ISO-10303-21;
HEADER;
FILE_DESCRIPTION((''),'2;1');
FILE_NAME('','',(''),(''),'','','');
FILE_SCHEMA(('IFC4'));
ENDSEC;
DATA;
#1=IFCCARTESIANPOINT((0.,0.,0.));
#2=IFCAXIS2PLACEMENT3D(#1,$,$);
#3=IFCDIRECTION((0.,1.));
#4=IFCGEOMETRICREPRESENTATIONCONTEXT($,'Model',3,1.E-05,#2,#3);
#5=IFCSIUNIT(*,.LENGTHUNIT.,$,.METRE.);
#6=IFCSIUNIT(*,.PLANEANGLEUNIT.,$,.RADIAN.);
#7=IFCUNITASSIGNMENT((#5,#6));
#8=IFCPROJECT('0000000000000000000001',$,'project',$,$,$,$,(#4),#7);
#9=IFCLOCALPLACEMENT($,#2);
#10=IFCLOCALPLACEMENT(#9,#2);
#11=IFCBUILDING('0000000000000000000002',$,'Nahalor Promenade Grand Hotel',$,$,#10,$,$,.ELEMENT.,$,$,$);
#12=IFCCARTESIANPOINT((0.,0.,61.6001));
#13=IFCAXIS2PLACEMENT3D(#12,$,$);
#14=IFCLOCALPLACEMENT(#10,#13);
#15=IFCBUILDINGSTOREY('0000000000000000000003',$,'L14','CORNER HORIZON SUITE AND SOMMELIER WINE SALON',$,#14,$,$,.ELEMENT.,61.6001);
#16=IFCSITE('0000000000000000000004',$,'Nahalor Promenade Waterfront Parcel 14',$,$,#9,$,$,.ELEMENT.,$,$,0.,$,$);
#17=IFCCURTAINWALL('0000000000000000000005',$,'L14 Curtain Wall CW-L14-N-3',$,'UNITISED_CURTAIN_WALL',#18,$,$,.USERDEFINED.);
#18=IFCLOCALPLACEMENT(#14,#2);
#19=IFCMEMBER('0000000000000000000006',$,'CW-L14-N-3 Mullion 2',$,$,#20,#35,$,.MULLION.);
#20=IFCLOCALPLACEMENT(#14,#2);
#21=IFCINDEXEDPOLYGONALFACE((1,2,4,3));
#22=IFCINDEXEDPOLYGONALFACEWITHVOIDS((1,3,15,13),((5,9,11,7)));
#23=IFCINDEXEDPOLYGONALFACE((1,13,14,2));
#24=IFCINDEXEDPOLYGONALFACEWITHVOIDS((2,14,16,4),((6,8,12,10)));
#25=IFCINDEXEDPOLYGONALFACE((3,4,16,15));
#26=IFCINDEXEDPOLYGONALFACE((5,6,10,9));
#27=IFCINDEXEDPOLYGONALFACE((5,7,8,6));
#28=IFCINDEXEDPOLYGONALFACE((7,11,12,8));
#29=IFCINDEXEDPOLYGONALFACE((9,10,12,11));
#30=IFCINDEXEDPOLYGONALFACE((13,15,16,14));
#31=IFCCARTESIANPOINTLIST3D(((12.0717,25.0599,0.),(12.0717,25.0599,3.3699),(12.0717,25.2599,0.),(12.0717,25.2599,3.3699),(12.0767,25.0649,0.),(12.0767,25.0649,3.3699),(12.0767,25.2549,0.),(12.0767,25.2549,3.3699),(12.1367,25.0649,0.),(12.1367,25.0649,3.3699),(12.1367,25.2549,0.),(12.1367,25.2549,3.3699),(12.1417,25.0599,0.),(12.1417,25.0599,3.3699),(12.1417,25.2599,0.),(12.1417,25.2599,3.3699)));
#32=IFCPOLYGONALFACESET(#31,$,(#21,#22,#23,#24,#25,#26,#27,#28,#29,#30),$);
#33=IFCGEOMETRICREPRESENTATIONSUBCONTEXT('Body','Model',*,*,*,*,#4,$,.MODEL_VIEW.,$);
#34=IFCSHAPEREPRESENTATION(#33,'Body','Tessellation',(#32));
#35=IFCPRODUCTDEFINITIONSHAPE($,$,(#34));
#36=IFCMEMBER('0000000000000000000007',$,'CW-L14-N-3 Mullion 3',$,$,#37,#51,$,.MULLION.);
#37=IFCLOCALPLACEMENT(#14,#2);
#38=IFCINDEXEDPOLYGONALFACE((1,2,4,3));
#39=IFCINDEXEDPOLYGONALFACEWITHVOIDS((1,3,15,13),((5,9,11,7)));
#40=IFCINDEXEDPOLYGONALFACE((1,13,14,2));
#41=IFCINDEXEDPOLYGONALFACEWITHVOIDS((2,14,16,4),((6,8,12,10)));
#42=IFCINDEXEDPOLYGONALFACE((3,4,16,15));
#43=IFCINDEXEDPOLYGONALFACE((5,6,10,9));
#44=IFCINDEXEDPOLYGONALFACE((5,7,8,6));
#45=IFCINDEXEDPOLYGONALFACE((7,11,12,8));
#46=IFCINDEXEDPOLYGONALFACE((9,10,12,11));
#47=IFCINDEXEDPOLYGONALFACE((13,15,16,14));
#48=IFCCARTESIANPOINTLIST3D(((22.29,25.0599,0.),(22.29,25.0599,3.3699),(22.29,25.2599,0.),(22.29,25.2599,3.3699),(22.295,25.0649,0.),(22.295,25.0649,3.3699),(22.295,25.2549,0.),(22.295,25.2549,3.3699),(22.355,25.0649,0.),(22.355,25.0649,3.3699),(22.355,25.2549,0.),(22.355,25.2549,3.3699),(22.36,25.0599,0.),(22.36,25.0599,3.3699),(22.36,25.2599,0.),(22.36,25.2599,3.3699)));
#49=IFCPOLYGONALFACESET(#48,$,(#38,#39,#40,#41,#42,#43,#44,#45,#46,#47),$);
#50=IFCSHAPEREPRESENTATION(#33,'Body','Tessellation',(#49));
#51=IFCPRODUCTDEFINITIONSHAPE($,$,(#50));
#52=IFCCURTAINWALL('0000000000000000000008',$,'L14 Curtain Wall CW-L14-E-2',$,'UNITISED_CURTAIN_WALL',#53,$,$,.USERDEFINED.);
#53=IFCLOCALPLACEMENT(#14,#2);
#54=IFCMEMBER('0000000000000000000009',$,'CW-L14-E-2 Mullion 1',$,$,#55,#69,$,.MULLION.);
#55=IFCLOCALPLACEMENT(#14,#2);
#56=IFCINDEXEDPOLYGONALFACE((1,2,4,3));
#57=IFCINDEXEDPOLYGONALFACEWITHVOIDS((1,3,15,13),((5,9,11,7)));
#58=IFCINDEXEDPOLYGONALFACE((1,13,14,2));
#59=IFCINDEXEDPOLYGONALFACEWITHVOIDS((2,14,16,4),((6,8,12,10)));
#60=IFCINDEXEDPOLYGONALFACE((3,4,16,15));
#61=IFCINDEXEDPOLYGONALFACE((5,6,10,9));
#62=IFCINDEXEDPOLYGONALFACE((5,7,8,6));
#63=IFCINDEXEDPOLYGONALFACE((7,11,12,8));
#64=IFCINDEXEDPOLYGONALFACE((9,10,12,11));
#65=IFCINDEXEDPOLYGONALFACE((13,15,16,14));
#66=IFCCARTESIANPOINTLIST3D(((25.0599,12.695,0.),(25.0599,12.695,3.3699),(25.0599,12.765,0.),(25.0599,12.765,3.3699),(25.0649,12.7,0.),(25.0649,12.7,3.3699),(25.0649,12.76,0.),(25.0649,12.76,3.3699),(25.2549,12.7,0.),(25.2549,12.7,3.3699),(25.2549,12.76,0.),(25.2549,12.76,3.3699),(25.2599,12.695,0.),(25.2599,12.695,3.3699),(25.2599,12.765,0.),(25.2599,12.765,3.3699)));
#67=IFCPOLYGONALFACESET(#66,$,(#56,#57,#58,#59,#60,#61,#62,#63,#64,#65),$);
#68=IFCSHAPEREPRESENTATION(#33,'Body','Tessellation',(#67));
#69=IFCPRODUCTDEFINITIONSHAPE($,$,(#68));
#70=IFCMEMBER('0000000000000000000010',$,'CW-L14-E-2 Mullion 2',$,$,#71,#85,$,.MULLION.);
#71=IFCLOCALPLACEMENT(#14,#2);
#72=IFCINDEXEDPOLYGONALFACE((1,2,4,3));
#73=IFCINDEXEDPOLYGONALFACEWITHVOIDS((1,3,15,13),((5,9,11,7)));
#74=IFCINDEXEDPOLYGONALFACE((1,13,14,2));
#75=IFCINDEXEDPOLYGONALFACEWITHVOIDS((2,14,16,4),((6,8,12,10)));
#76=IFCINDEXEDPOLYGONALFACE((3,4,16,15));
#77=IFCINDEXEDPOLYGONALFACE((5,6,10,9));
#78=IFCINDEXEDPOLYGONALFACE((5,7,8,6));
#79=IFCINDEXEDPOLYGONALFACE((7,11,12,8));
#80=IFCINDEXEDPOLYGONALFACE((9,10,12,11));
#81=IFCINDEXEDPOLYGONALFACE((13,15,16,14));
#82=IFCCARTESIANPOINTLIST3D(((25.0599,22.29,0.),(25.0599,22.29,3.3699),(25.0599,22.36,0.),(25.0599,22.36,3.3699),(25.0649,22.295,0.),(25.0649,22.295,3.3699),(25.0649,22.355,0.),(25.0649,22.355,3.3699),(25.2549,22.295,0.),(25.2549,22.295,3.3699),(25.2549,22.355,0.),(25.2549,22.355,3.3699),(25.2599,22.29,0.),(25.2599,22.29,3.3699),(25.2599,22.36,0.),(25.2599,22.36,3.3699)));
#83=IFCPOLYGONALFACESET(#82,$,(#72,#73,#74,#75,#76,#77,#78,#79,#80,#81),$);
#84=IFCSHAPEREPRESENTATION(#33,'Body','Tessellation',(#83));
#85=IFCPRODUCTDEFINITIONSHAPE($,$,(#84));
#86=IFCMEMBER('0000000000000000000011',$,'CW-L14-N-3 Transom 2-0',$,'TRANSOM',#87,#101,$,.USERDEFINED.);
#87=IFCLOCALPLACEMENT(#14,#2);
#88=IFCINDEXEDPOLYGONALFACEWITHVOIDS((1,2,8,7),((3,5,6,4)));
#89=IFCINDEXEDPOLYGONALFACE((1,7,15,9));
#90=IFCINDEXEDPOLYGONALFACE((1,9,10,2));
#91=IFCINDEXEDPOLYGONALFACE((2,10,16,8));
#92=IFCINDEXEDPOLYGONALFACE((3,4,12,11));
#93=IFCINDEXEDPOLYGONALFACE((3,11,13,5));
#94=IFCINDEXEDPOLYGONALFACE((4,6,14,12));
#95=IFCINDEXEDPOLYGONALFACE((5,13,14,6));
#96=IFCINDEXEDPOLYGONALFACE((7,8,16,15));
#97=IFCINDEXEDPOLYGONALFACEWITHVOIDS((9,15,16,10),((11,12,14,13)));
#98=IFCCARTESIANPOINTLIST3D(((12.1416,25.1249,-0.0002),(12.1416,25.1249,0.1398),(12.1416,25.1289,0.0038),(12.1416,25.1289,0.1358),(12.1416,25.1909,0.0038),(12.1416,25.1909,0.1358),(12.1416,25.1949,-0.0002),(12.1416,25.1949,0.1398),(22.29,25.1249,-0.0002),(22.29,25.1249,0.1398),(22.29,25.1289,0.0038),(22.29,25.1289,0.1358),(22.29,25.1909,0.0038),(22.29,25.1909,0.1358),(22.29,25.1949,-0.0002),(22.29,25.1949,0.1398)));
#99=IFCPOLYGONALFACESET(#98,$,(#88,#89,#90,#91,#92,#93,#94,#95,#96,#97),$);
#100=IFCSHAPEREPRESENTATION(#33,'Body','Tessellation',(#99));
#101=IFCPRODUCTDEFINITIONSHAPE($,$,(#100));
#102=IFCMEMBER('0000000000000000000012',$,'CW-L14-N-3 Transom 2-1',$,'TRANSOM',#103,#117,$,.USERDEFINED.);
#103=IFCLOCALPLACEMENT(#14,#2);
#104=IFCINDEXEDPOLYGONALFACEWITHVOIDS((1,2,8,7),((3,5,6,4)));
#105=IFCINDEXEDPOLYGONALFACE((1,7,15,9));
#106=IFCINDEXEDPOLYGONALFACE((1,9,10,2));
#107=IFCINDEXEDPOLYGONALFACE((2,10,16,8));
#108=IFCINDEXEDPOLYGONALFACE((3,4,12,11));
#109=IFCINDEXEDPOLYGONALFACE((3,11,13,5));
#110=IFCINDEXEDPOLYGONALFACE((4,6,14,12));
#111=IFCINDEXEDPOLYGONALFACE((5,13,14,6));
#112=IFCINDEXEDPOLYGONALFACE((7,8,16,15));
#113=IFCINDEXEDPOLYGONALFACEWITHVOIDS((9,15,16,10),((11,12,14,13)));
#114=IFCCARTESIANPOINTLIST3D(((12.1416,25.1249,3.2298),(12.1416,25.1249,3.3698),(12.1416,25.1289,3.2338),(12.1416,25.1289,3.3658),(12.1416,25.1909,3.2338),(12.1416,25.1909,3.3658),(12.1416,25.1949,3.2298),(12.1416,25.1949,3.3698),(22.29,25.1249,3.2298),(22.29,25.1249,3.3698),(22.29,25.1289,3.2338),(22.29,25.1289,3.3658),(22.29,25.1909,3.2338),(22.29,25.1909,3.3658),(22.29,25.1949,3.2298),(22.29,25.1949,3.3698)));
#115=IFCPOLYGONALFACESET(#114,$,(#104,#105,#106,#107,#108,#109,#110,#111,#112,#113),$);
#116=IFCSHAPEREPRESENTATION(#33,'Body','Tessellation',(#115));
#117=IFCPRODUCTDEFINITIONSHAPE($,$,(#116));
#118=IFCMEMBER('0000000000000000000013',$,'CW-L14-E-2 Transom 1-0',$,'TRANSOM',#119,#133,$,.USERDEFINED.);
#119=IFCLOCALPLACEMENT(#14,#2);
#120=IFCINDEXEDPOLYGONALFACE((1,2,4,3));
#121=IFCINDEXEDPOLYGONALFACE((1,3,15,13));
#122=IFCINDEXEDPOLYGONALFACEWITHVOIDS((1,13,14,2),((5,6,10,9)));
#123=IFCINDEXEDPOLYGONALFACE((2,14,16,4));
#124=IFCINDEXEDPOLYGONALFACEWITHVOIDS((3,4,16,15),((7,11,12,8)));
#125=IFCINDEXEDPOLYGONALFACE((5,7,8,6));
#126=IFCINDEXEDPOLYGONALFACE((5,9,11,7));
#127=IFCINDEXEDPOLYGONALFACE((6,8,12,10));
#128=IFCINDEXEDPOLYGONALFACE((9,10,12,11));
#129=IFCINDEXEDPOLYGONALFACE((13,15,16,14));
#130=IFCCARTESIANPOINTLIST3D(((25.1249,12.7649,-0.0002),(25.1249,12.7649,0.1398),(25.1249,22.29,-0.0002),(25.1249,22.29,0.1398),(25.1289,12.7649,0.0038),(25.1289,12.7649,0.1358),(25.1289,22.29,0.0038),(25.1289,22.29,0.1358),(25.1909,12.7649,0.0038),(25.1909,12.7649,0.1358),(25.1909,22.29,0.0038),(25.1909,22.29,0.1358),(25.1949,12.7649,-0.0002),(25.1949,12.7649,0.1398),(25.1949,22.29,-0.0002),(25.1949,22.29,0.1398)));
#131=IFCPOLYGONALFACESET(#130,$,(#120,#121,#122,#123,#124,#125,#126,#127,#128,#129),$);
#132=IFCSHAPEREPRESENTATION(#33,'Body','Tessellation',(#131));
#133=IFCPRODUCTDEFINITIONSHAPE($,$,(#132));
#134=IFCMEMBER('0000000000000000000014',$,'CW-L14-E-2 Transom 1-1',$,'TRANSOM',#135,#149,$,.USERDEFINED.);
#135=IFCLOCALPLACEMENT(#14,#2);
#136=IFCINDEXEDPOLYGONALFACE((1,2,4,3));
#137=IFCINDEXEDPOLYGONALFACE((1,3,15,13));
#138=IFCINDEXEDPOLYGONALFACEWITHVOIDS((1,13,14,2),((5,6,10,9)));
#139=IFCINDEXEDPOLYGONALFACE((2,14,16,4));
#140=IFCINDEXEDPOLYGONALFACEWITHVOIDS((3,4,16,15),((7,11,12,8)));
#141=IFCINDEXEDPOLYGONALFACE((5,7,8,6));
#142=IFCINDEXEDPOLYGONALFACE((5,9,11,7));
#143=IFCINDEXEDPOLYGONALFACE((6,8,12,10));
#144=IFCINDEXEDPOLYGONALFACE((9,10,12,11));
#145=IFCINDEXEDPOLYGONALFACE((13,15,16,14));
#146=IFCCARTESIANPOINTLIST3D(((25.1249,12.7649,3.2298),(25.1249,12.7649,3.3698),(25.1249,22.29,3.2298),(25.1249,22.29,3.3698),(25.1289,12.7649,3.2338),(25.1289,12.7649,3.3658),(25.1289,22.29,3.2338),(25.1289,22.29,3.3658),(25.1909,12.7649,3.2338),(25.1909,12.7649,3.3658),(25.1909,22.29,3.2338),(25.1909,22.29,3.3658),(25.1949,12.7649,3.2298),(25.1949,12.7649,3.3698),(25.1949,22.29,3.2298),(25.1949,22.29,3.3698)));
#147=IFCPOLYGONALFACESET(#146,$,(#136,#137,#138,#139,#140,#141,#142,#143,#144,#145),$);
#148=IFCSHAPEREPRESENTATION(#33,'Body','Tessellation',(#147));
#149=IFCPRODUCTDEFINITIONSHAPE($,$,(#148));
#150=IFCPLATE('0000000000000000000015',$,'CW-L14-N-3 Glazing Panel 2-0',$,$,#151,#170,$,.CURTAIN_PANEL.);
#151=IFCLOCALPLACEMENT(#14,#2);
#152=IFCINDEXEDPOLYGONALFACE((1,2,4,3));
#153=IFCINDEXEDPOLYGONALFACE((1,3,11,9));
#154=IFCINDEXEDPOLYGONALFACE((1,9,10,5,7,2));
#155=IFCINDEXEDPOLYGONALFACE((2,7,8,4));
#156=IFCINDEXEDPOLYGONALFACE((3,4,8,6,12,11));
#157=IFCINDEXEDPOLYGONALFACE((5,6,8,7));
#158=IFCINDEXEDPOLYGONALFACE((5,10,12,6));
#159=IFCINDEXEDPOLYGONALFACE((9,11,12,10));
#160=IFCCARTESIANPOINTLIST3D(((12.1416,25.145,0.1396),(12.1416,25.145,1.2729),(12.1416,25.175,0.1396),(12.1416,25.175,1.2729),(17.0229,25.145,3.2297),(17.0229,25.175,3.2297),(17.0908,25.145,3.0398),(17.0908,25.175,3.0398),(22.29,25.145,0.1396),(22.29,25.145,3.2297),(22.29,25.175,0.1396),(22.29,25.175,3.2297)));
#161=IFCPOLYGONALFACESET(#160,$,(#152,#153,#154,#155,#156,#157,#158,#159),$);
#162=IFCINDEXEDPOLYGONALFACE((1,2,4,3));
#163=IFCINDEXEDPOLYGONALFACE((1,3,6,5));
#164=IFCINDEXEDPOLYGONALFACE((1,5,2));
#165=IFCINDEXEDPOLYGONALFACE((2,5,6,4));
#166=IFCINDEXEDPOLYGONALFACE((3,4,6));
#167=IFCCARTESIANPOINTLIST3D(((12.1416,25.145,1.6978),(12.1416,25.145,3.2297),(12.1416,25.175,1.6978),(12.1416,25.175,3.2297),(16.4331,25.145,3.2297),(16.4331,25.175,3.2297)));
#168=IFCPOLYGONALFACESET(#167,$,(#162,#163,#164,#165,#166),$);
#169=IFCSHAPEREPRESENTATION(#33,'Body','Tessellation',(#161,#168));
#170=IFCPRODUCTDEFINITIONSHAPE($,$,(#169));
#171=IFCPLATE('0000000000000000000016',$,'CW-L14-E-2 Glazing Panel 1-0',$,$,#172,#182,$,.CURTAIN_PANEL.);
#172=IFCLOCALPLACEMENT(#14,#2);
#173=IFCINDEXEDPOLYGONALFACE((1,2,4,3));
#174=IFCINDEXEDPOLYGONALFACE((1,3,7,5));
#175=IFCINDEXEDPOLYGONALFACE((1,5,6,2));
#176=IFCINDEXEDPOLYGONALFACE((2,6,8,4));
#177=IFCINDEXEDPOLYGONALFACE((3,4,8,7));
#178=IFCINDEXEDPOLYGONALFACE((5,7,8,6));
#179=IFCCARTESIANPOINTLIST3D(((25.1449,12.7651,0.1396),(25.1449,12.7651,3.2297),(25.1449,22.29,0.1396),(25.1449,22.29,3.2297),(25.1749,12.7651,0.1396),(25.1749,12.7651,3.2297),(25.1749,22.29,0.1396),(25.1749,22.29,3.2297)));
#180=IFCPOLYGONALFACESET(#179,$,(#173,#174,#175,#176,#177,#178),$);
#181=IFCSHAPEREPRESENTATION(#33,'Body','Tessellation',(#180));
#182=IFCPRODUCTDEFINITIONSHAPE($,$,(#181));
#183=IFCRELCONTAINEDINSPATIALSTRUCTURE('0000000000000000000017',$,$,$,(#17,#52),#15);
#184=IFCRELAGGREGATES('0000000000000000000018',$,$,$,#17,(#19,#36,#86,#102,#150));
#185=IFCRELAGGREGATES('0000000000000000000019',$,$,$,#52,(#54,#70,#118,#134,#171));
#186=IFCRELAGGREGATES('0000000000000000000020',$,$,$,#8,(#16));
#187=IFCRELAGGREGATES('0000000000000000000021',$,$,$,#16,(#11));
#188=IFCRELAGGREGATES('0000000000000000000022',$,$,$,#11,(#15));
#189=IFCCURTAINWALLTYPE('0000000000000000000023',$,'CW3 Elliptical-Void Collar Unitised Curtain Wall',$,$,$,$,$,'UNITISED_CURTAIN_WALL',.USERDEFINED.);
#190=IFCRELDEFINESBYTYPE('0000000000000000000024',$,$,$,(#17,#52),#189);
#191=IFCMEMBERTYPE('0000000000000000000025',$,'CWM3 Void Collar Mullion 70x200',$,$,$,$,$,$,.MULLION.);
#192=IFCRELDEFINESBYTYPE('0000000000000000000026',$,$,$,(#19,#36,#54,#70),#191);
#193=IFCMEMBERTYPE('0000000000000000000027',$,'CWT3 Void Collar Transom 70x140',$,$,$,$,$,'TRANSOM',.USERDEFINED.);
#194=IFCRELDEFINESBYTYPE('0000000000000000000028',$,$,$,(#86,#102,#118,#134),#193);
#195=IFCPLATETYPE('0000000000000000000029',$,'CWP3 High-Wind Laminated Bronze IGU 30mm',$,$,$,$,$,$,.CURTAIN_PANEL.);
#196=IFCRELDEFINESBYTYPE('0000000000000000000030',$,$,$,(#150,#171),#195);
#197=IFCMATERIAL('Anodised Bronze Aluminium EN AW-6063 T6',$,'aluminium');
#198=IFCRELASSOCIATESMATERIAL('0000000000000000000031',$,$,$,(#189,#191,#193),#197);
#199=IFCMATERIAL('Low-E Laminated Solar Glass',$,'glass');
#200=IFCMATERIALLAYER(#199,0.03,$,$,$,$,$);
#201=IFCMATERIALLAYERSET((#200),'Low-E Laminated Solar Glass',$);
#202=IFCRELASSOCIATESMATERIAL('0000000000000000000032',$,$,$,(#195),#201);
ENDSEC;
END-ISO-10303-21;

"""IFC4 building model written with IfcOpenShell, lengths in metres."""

from ifc_helpers import new_model, si_unit, direction, frame, origin, origin_2d, place, context, subcontext, project, spatial, polyline, rectangle, hollow_rectangle, outline, extrude, source, transform, mapped, material, layer, layer_set, material_profile, profile_set, type_object, element, aggregate, save


model = new_model("IFC4")

# Units and contexts
model_context = context("Model", 3, precision=1e-05, world=origin(), true_north=direction((0.0, 1.0)))
body_context = subcontext(model_context, "Body", "Model", "MODEL_VIEW")
ifc_project = project(units=[si_unit("LENGTHUNIT", "METRE"), si_unit("PLANEANGLEUNIT", "RADIAN")], contexts=[model_context])

# Site, building, storey
site_placement = place(None, origin())
site = spatial("IfcSite", under=ifc_project, at=site_placement, Name="Nahalor Promenade Waterfront Parcel 14", CompositionType="ELEMENT", RefElevation=0.0)
building_placement = place(site_placement, origin())
building = spatial("IfcBuilding", under=site, at=building_placement, Name="Nahalor Promenade Grand Hotel", CompositionType="ELEMENT")
storey_placement = place(building_placement, frame((0.0, 0.0, 61.6001)))
storey = spatial("IfcBuildingStorey", under=building, at=storey_placement, Name="L14", Description="CORNER HORIZON SUITE AND SOMMELIER WINE SALON", CompositionType="ELEMENT", Elevation=61.6001)

# Curtain walls, members
ifc_material_1 = material(Name="Anodised Bronze Aluminium EN AW-6063 T6", Category="aluminium")
curtain_wall_type = type_object("IfcCurtainWallType", Name="CW3 Elliptical-Void Collar Unitised Curtain Wall", ElementType="UNITISED_CURTAIN_WALL", PredefinedType="USERDEFINED", material=ifc_material_1)
curtain_wall_1_placement = place(storey_placement, origin())
curtain_wall_1 = element("IfcCurtainWall", 1, at=curtain_wall_1_placement, inside=storey, type_object=curtain_wall_type, Name="L14 Curtain Wall CW-L14-N-3", ObjectType="UNITISED_CURTAIN_WALL", PredefinedType="USERDEFINED")
ifc_material_profile_1 = material_profile(ifc_material_1, hollow_rectangle(XDim=0.07, YDim=0.2, WallThickness=0.005, at=origin_2d()), Name="CWM 70x200x5")
ifc_profile_set_1 = profile_set([ifc_material_profile_1], Name="Anodised Bronze Aluminium EN AW-6063 T6")
member_type_1 = type_object("IfcMemberType", Name="CWM3 Void Collar Mullion 70x200", PredefinedType="MULLION", material=ifc_profile_set_1)
shared_shape_1 = source(origin(), body_context, "Body", "SweptSolid", [
    extrude(hollow_rectangle(XDim=0.07, YDim=0.2, WallThickness=0.005, at=origin_2d()), origin(), (0.0, 0.0, 1.0), 3.3699),
])
member_1_placement = place(storey_placement, frame((12.1067, 25.1599, 0.0), z_axis=(0.0, 0.0, 1.0), x_axis=(1.0, 0.0, 0.0)))
member_1 = element("IfcMember", 2, at=member_1_placement, type_object=member_type_1, Name="CW-L14-N-3 Mullion 2", PredefinedType="MULLION", context=body_context, shape_type="MappedRepresentation", body=[
    mapped(shared_shape_1, transform((0.0, 0.0, 0.0), scale=1.0)),
])
member_2_placement = place(storey_placement, frame((22.325, 25.1599, 0.0), z_axis=(0.0, 0.0, 1.0), x_axis=(1.0, 0.0, 0.0)))
member_2 = element("IfcMember", 3, at=member_2_placement, type_object=member_type_1, Name="CW-L14-N-3 Mullion 3", PredefinedType="MULLION", context=body_context, shape_type="MappedRepresentation", body=[
    mapped(shared_shape_1, transform((0.0, 0.0, 0.0), scale=1.0)),
])
curtain_wall_2_placement = place(storey_placement, origin())
curtain_wall_2 = element("IfcCurtainWall", 4, at=curtain_wall_2_placement, inside=storey, type_object=curtain_wall_type, Name="L14 Curtain Wall CW-L14-E-2", ObjectType="UNITISED_CURTAIN_WALL", PredefinedType="USERDEFINED")
member_3_placement = place(storey_placement, frame((25.1599, 12.73, 0.0), z_axis=(0.0, 0.0, 1.0), x_axis=(0.0, 1.0, 0.0)))
member_3 = element("IfcMember", 5, at=member_3_placement, type_object=member_type_1, Name="CW-L14-E-2 Mullion 1", PredefinedType="MULLION", context=body_context, shape_type="MappedRepresentation", body=[
    mapped(shared_shape_1, transform((0.0, 0.0, 0.0), scale=1.0)),
])
member_4_placement = place(storey_placement, frame((25.1599, 22.325, 0.0), z_axis=(0.0, 0.0, 1.0), x_axis=(0.0, 1.0, 0.0)))
member_4 = element("IfcMember", 6, at=member_4_placement, type_object=member_type_1, Name="CW-L14-E-2 Mullion 2", PredefinedType="MULLION", context=body_context, shape_type="MappedRepresentation", body=[
    mapped(shared_shape_1, transform((0.0, 0.0, 0.0), scale=1.0)),
])

# Members
ifc_material_profile_2 = material_profile(ifc_material_1, hollow_rectangle(XDim=0.07, YDim=0.14, WallThickness=0.004, at=origin_2d()), Name="CWT 70x140x4")
ifc_profile_set_2 = profile_set([ifc_material_profile_2], Name="Anodised Bronze Aluminium EN AW-6063 T6")
member_type_2 = type_object("IfcMemberType", Name="CWT3 Void Collar Transom 70x140", ElementType="TRANSOM", PredefinedType="USERDEFINED", material=ifc_profile_set_2)
shared_shape_2 = source(origin(), body_context, "Body", "SweptSolid", [
    extrude(hollow_rectangle(XDim=0.07, YDim=0.14, WallThickness=0.004, at=origin_2d()), origin(), (0.0, 0.0, 1.0), 10.1484),
])
member_5_placement = place(storey_placement, frame((12.1416, 25.1599, 0.0698), z_axis=(1.0, 0.0, 0.0), x_axis=(0.0, 1.0, 0.0)))
member_5 = element("IfcMember", 7, at=member_5_placement, type_object=member_type_2, Name="CW-L14-N-3 Transom 2-0", ObjectType="TRANSOM", PredefinedType="USERDEFINED", context=body_context, shape_type="MappedRepresentation", body=[
    mapped(shared_shape_2, transform((0.0, 0.0, 0.0), scale=1.0)),
])
member_6_placement = place(storey_placement, frame((12.1416, 25.1599, 3.2998), z_axis=(1.0, 0.0, 0.0), x_axis=(0.0, 1.0, 0.0)))
member_6 = element("IfcMember", 8, at=member_6_placement, type_object=member_type_2, Name="CW-L14-N-3 Transom 2-1", ObjectType="TRANSOM", PredefinedType="USERDEFINED", context=body_context, shape_type="MappedRepresentation", body=[
    mapped(shared_shape_2, transform((0.0, 0.0, 0.0), scale=1.0)),
])
shared_shape_3 = source(origin(), body_context, "Body", "SweptSolid", [
    extrude(hollow_rectangle(XDim=0.07, YDim=0.14, WallThickness=0.004, at=origin_2d()), origin(), (0.0, 0.0, 1.0), 9.5251),
])
member_7_placement = place(storey_placement, frame((25.1599, 12.7649, 0.0698), z_axis=(0.0, 1.0, 0.0), x_axis=(-1.0, 0.0, 0.0)))
member_7 = element("IfcMember", 9, at=member_7_placement, type_object=member_type_2, Name="CW-L14-E-2 Transom 1-0", ObjectType="TRANSOM", PredefinedType="USERDEFINED", context=body_context, shape_type="MappedRepresentation", body=[
    mapped(shared_shape_3, transform((0.0, 0.0, 0.0), scale=1.0)),
])
member_8_placement = place(storey_placement, frame((25.1599, 12.7649, 3.2998), z_axis=(0.0, 1.0, 0.0), x_axis=(-1.0, 0.0, 0.0)))
member_8 = element("IfcMember", 10, at=member_8_placement, type_object=member_type_2, Name="CW-L14-E-2 Transom 1-1", ObjectType="TRANSOM", PredefinedType="USERDEFINED", context=body_context, shape_type="MappedRepresentation", body=[
    mapped(shared_shape_3, transform((0.0, 0.0, 0.0), scale=1.0)),
])

# Plates
ifc_material_2 = material(Name="Low-E Laminated Solar Glass", Category="glass")
ifc_layer_1 = layer(ifc_material_2, 0.03)
ifc_layer_set_1 = layer_set([ifc_layer_1], Name="Low-E Laminated Solar Glass")
plate_type = type_object("IfcPlateType", Name="CWP3 High-Wind Laminated Bronze IGU 30mm", PredefinedType="CURTAIN_PANEL", material=ifc_layer_set_1)
plate_1_placement = place(storey_placement, frame((17.2158, 25.1599, 0.1396), z_axis=(0.0, 0.0, 1.0), x_axis=(1.0, 0.0, 0.0)))
plate_1 = element("IfcPlate", 11, at=plate_1_placement, type_object=plate_type, Name="CW-L14-N-3 Glazing Panel 2-0", PredefinedType="CURTAIN_PANEL", context=body_context, shape_type="SweptSolid", body=[
    extrude(outline(polyline([(5.0742, 0.0), (5.0742, 3.0901), (-0.1929, 3.0901), (-0.125, 2.9001), (-5.0742, 1.1333), (-5.0742, 0.0), (5.0742, 0.0)])), frame((0.0, 0.0151, 0.0), z_axis=(0.0, -1.0, 0.0), x_axis=(1.0, 0.0, 0.0)), (0.0, 0.0, 1.0), 0.03),
    extrude(outline(polyline([(-0.7827, 3.0901), (-5.0742, 3.0901), (-5.0742, 1.5581), (-0.7827, 3.0901)])), frame((0.0, 0.0151, 0.0), z_axis=(0.0, -1.0, 0.0), x_axis=(1.0, 0.0, 0.0)), (0.0, 0.0, 1.0), 0.03),
])
aggregate(curtain_wall_1, [member_1, member_2, member_5, member_6, plate_1])
shared_shape_4 = source(origin(), body_context, "Body", "SweptSolid", [
    extrude(rectangle(XDim=9.5249, YDim=0.03, at=origin_2d()), origin(), (0.0, 0.0, 1.0), 3.0901),
])
plate_2_placement = place(storey_placement, frame((25.1599, 17.5276, 0.1396), z_axis=(0.0, 0.0, 1.0), x_axis=(0.0, 1.0, 0.0)))
plate_2 = element("IfcPlate", 12, at=plate_2_placement, type_object=plate_type, Name="CW-L14-E-2 Glazing Panel 1-0", PredefinedType="CURTAIN_PANEL", context=body_context, shape_type="MappedRepresentation", body=[
    mapped(shared_shape_4, transform((0.0, 0.0, 0.0), scale=1.0)),
])
aggregate(curtain_wall_2, [member_3, member_4, member_7, member_8, plate_2])

save(model, "model.ifc")
